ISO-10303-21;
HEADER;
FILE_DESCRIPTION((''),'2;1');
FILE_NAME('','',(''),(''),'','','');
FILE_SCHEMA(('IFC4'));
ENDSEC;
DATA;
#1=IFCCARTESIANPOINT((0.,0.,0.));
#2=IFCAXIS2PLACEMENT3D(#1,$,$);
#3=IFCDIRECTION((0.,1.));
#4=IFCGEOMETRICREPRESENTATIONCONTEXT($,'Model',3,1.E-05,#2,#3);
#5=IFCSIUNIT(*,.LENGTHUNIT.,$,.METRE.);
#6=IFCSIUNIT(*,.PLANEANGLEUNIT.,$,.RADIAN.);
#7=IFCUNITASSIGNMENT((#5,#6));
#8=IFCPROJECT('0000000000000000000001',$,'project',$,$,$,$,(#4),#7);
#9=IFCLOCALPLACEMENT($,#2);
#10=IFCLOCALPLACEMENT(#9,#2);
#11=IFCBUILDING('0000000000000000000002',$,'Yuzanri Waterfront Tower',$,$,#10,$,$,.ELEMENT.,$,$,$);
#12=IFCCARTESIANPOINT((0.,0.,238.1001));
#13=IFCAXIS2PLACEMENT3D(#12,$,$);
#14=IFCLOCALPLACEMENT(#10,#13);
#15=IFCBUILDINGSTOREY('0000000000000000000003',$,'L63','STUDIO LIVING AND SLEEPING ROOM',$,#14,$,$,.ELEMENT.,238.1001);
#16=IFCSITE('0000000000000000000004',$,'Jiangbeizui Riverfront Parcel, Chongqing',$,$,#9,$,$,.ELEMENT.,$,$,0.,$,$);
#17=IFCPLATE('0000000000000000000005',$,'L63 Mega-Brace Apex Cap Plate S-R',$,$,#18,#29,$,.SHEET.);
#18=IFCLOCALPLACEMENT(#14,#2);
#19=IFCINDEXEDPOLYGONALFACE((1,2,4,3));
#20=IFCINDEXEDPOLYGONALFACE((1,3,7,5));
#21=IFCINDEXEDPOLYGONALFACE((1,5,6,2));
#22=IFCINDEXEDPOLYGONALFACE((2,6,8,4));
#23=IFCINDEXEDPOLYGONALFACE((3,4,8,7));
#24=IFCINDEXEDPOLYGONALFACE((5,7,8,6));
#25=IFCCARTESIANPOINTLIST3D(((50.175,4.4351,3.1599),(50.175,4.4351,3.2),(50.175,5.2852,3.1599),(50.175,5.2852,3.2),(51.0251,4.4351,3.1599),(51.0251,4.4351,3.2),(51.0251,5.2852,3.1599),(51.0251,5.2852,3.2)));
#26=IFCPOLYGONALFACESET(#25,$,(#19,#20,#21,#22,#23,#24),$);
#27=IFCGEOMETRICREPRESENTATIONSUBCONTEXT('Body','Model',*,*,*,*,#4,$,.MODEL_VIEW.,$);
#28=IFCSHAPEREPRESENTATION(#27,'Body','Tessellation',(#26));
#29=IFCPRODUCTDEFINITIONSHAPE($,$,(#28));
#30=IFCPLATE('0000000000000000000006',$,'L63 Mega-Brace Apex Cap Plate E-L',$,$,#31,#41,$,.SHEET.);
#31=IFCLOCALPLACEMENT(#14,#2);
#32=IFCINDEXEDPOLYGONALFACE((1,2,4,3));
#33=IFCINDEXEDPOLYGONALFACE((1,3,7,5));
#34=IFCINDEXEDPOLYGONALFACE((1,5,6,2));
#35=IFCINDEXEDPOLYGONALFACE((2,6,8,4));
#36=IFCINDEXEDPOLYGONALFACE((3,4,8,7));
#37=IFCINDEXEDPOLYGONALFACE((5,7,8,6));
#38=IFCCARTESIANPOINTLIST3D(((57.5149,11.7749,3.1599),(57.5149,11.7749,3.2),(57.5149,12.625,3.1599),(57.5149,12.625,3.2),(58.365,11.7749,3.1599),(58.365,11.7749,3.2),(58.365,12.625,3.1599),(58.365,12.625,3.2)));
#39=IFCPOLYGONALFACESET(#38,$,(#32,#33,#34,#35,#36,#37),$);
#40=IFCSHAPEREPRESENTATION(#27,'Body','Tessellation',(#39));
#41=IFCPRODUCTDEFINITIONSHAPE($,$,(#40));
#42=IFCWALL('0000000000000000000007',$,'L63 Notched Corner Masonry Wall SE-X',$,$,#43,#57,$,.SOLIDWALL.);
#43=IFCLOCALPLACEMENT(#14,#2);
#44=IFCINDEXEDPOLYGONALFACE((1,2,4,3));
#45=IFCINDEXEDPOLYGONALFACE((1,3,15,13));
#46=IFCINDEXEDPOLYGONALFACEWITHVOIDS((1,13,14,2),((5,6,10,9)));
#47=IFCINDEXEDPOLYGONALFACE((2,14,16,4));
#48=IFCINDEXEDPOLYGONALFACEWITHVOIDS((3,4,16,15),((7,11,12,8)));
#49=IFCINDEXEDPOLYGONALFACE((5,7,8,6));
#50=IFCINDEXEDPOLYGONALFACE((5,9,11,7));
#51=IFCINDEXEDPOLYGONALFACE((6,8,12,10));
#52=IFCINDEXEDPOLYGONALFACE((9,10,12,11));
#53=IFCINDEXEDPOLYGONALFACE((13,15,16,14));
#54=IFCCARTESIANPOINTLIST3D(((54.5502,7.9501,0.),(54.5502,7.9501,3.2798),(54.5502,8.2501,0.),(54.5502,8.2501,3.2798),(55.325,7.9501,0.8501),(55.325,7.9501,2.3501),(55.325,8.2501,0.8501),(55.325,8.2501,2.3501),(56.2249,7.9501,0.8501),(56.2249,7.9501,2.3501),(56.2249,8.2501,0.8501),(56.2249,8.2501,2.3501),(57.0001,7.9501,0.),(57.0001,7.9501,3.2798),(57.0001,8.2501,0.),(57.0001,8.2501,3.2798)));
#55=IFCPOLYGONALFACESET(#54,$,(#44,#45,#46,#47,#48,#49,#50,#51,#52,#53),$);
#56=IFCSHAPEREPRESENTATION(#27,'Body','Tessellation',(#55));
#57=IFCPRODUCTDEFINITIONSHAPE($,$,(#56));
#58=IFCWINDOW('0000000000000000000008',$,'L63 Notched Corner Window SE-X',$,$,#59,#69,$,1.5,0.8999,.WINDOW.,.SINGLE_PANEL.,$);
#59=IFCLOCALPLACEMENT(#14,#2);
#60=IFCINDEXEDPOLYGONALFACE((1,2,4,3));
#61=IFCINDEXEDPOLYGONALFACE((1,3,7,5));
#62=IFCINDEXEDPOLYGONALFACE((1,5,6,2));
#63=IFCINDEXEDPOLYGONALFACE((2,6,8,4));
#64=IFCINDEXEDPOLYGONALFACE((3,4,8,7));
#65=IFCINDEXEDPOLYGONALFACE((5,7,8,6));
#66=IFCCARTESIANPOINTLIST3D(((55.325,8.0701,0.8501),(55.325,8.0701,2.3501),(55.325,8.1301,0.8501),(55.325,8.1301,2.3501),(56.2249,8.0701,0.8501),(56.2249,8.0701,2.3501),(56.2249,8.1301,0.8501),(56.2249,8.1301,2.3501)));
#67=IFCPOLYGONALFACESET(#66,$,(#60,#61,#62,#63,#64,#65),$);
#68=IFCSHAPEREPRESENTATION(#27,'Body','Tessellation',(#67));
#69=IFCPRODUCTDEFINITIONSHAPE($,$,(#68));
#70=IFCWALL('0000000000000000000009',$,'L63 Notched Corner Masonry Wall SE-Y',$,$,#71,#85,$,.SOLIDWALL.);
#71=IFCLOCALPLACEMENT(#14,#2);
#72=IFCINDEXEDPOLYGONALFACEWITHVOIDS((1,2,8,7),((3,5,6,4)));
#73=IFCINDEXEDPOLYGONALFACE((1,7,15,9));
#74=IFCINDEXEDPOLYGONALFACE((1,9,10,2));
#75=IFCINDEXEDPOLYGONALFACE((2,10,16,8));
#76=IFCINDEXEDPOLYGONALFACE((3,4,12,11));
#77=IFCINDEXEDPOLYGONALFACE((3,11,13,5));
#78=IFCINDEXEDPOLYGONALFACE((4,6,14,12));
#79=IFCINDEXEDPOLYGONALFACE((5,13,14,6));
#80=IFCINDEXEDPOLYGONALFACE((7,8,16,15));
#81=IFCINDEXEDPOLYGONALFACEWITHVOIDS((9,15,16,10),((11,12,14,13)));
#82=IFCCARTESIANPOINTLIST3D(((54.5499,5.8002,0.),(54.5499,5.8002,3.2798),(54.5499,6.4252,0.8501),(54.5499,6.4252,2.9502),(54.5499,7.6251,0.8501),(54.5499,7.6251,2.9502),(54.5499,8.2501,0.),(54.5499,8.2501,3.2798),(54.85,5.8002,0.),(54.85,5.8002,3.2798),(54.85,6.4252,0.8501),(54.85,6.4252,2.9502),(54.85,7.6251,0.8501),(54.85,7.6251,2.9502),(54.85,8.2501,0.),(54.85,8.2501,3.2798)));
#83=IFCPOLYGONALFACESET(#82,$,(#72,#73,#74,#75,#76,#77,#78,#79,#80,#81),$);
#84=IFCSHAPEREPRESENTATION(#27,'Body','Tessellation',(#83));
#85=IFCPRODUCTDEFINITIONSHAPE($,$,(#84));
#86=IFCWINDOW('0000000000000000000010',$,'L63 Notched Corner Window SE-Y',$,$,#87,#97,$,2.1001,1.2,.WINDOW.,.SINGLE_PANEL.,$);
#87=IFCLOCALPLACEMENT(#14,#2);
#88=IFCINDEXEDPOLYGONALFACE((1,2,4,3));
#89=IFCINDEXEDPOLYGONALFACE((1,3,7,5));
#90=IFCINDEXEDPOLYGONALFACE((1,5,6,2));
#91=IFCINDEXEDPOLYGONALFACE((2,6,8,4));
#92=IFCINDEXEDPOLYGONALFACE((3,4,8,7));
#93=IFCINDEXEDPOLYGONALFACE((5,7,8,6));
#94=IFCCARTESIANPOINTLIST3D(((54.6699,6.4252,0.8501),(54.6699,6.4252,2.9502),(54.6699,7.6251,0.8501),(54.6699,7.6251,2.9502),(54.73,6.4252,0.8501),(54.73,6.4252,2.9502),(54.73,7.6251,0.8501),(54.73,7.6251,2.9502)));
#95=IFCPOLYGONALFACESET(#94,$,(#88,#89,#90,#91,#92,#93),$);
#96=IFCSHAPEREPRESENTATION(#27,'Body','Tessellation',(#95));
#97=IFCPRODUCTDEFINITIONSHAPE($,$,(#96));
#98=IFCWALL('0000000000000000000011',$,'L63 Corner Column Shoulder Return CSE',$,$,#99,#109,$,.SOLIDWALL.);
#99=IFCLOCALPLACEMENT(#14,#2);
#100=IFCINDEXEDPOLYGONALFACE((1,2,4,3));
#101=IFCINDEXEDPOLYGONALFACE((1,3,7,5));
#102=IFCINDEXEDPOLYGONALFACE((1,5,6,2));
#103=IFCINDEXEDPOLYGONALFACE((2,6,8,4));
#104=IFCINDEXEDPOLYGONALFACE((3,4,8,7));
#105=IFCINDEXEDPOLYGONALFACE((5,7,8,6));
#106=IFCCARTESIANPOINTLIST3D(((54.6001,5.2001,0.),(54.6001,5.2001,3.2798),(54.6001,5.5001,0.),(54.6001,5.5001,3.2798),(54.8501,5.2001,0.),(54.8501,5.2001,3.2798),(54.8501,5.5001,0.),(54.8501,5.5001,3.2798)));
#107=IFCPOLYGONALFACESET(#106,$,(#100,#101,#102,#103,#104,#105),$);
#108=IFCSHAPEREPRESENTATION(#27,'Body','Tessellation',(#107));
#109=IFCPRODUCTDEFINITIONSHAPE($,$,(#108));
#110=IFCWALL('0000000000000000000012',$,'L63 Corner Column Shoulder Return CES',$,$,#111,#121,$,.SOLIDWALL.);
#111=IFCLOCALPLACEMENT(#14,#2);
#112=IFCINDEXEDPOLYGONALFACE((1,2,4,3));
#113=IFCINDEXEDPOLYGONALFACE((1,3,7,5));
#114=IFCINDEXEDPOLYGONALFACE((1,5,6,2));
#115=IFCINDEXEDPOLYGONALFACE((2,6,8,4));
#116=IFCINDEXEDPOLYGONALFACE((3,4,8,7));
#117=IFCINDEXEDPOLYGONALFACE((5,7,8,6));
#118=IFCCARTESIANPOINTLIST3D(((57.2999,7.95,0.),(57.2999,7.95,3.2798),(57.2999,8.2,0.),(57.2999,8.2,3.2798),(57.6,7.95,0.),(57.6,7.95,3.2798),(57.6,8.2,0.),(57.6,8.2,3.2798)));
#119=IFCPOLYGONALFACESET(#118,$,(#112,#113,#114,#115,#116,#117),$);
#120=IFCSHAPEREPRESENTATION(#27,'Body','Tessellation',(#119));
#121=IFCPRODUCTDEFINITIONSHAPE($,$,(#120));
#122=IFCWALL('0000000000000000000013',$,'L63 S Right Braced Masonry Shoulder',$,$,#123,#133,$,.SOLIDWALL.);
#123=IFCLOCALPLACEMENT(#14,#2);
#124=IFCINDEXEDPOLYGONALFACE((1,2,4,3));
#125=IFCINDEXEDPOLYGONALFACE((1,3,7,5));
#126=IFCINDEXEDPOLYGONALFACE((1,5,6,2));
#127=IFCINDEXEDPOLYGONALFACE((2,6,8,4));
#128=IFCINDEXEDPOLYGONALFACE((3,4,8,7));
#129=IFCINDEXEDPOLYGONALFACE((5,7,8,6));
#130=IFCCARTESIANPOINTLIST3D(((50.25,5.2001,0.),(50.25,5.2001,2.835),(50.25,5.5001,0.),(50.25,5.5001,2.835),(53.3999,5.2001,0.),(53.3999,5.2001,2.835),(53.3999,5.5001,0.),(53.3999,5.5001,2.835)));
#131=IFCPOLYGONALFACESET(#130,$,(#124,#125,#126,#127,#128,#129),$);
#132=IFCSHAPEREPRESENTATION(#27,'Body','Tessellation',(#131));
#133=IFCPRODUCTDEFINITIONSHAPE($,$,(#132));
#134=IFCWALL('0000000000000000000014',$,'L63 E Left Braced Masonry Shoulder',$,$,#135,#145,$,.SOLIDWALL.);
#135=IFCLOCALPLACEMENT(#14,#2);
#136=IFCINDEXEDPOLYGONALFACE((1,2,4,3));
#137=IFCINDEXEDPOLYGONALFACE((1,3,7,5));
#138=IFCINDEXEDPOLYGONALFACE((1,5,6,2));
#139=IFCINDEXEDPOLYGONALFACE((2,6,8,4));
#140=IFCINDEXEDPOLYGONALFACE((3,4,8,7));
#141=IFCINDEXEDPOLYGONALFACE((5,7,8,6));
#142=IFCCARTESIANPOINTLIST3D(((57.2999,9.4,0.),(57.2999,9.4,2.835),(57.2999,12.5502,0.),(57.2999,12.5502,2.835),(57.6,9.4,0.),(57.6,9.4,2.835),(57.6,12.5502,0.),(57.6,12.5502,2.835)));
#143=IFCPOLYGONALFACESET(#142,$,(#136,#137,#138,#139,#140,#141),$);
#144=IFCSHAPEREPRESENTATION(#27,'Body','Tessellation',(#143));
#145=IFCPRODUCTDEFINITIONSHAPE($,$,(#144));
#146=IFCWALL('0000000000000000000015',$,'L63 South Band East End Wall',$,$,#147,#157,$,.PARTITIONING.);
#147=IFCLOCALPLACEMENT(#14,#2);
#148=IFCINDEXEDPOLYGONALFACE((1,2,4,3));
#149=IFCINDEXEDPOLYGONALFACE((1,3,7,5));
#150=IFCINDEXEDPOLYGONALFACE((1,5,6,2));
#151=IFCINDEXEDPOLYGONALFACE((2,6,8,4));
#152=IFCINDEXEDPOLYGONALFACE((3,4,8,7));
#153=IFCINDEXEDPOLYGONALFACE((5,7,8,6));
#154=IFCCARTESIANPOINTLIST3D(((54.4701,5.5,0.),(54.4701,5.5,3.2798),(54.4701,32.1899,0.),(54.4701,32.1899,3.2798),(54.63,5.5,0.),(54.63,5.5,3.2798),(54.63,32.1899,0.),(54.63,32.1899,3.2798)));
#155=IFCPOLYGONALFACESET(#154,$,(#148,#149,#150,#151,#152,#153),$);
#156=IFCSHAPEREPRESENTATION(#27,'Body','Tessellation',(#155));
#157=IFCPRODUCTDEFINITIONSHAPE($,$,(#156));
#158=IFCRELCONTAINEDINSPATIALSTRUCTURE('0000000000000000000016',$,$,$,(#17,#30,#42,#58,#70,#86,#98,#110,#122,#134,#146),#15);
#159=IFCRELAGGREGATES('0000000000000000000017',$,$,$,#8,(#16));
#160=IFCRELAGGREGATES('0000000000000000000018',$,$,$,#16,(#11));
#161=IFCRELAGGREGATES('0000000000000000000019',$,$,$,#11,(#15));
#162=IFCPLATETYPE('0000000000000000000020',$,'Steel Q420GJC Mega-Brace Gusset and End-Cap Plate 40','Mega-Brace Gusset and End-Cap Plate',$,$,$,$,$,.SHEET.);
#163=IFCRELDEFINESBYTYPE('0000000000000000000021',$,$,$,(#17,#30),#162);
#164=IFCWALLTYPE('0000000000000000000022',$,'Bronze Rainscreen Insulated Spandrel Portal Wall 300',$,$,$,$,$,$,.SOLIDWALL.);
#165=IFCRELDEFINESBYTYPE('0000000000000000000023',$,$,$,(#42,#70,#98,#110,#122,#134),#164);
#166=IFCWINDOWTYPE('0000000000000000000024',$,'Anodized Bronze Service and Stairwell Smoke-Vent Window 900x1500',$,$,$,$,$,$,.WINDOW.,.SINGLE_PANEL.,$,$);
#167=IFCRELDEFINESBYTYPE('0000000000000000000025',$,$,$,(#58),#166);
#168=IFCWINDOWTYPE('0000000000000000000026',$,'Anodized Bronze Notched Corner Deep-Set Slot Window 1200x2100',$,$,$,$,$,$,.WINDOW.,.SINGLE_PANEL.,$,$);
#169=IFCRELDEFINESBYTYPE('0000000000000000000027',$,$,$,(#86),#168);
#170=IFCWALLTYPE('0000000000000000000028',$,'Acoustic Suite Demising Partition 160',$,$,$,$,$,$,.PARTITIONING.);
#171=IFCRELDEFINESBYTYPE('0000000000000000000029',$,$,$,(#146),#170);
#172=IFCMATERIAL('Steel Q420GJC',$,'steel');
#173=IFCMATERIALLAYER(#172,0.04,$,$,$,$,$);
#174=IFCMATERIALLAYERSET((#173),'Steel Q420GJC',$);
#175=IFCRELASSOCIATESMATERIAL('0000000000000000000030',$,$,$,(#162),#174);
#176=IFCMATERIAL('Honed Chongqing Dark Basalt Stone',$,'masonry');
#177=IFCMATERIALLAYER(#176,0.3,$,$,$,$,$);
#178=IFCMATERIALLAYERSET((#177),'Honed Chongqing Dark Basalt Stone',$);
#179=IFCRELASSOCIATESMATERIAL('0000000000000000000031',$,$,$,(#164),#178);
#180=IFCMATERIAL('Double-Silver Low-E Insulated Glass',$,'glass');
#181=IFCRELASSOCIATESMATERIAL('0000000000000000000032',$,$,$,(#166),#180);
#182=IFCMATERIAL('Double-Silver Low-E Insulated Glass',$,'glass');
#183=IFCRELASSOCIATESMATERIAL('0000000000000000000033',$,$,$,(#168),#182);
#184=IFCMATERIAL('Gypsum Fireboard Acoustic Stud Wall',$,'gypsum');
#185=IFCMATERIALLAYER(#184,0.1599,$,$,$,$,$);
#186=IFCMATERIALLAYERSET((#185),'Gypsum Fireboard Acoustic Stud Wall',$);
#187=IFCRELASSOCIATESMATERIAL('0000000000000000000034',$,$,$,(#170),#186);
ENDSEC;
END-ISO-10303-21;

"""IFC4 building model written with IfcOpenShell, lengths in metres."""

from ifc_helpers import new_model, si_unit, direction, frame, frame_2d, origin, origin_2d, place, context, subcontext, project, spatial, rectangle, extrude, source, transform, mapped, material, layer, layer_set, type_object, element, fill, save


model = new_model("IFC4")

# Units and contexts
model_context = context("Model", 3, precision=1e-05, world=origin(), true_north=direction((0.0, 1.0)))
body_context = subcontext(model_context, "Body", "Model", "MODEL_VIEW")
ifc_project = project(units=[si_unit("LENGTHUNIT", "METRE"), si_unit("PLANEANGLEUNIT", "RADIAN")], contexts=[model_context])

# Site, building, storey
site_placement = place(None, origin())
site = spatial("IfcSite", under=ifc_project, at=site_placement, Name="Jiangbeizui Riverfront Parcel, Chongqing", CompositionType="ELEMENT", RefElevation=0.0)
building_placement = place(site_placement, origin())
building = spatial("IfcBuilding", under=site, at=building_placement, Name="Yuzanri Waterfront Tower", CompositionType="ELEMENT")
storey_placement = place(building_placement, frame((0.0, 0.0, 238.1001)))
storey = spatial("IfcBuildingStorey", under=building, at=storey_placement, Name="L63", Description="STUDIO LIVING AND SLEEPING ROOM", CompositionType="ELEMENT", Elevation=238.1001)

# Plates
ifc_material_1 = material(Name="Steel Q420GJC", Category="steel")
ifc_layer_1 = layer(ifc_material_1, 0.04)
ifc_layer_set_1 = layer_set([ifc_layer_1], Name="Steel Q420GJC")
plate_type = type_object("IfcPlateType", Name="Steel Q420GJC Mega-Brace Gusset and End-Cap Plate 40", Description="Mega-Brace Gusset and End-Cap Plate", PredefinedType="SHEET", material=ifc_layer_set_1)
shared_shape_1 = source(origin(), body_context, "Body", "SweptSolid", [
    extrude(rectangle(XDim=0.8501, YDim=0.8501, at=origin_2d()), origin(), (0.0, 0.0, 1.0), 0.04),
])
for number, where, z_axis, x_axis, name in (
    (1, (50.6001, 4.8601, 3.1599), (0.0, 0.0, 1.0), (1.0, 0.0, 0.0), "L63 Mega-Brace Apex Cap Plate S-R"),
    (2, (57.9399, 12.2, 3.1599), (0.0, 0.0, 1.0), (1.0, 0.0, 0.0), "L63 Mega-Brace Apex Cap Plate E-L"),
):
    element("IfcPlate", number, at=place(storey_placement, frame(where, z_axis=z_axis, x_axis=x_axis)), inside=storey, type_object=plate_type, Name=name, PredefinedType="SHEET", context=body_context, shape_type="MappedRepresentation", body=[
        mapped(shared_shape_1, transform((0.0, 0.0, 0.0), scale=1.0)),
    ])

# Walls, openings, windows
ifc_material_2 = material(Name="Honed Chongqing Dark Basalt Stone", Category="masonry")
ifc_layer_2 = layer(ifc_material_2, 0.3)
ifc_layer_set_2 = layer_set([ifc_layer_2], Name="Honed Chongqing Dark Basalt Stone")
wall_type_1 = type_object("IfcWallType", Name="Bronze Rainscreen Insulated Spandrel Portal Wall 300", PredefinedType="SOLIDWALL", material=ifc_layer_set_2)
wall_1_placement = place(storey_placement, frame((54.55, 8.1001, 0.0), z_axis=(0.0, 0.0, 1.0), x_axis=(1.0, 0.0, 0.0)))
wall_1 = element("IfcWall", 3, at=wall_1_placement, inside=storey, type_object=wall_type_1, Name="L63 Notched Corner Masonry Wall SE-X", PredefinedType="SOLIDWALL", context=body_context, shape_type="SweptSolid", body=[
    extrude(rectangle(XDim=2.45, YDim=0.3, at=frame_2d((1.2251, 0.0))), origin(), (0.0, 0.0, 1.0), 3.2798),
])
opening_1_placement = place(wall_1_placement, frame((0.7749, 0.0, 0.8501)))
opening_1 = element("IfcOpeningElement", 4, at=opening_1_placement, cuts=wall_1, PredefinedType="OPENING", context=body_context, shape_type="SweptSolid", body=[
    extrude(rectangle(XDim=0.8999, YDim=1.5, at=frame_2d((0.45, 0.75))), frame((0.0, 0.165, 0.0), z_axis=(0.0, -1.0, 0.0), x_axis=(1.0, 0.0, 0.0)), (0.0, 0.0, 1.0), 0.3298),
])
ifc_material_3 = material(Name="Double-Silver Low-E Insulated Glass", Category="glass")
window_type_1 = type_object("IfcWindowType", Name="Anodized Bronze Service and Stairwell Smoke-Vent Window 900x1500", PartitioningType="SINGLE_PANEL", PredefinedType="WINDOW", material=ifc_material_3)
shared_shape_2 = source(origin(), body_context, "Body", "SweptSolid", [
    extrude(rectangle(XDim=0.8999, YDim=1.5, at=frame_2d((0.45, 0.75))), frame((0.0, 0.03, 0.0), z_axis=(0.0, -1.0, 0.0), x_axis=(1.0, 0.0, 0.0)), (0.0, 0.0, 1.0), 0.0601),
])
window_1_placement = place(opening_1_placement, origin())
window_1 = element("IfcWindow", 5, at=window_1_placement, inside=storey, type_object=window_type_1, Name="L63 Notched Corner Window SE-X", OverallHeight=1.5, OverallWidth=0.8999, PartitioningType="SINGLE_PANEL", PredefinedType="WINDOW", context=body_context, shape_type="MappedRepresentation", body=[
    mapped(shared_shape_2, transform((0.0, 0.0, 0.0), scale=1.0)),
])
fill(opening_1, window_1)
wall_2_placement = place(storey_placement, frame((54.7, 5.8, 0.0), z_axis=(0.0, 0.0, 1.0), x_axis=(0.0, 1.0, 0.0)))
wall_2 = element("IfcWall", 6, at=wall_2_placement, inside=storey, type_object=wall_type_1, Name="L63 Notched Corner Masonry Wall SE-Y", PredefinedType="SOLIDWALL", context=body_context, shape_type="SweptSolid", body=[
    extrude(rectangle(XDim=2.45, YDim=0.3, at=frame_2d((1.2251, 0.0))), origin(), (0.0, 0.0, 1.0), 3.2798),
])
opening_2_placement = place(wall_2_placement, frame((0.625, 0.0, 0.8501)))
opening_2 = element("IfcOpeningElement", 7, at=opening_2_placement, cuts=wall_2, PredefinedType="OPENING", context=body_context, shape_type="SweptSolid", body=[
    extrude(rectangle(XDim=1.2, YDim=2.1001, at=frame_2d((0.6001, 1.05))), frame((0.0, 0.165, 0.0), z_axis=(0.0, -1.0, 0.0), x_axis=(1.0, 0.0, 0.0)), (0.0, 0.0, 1.0), 0.3298),
])
ifc_material_4 = material(Name="Double-Silver Low-E Insulated Glass", Category="glass")
window_type_2 = type_object("IfcWindowType", Name="Anodized Bronze Notched Corner Deep-Set Slot Window 1200x2100", PartitioningType="SINGLE_PANEL", PredefinedType="WINDOW", material=ifc_material_4)
shared_shape_3 = source(origin(), body_context, "Body", "SweptSolid", [
    extrude(rectangle(XDim=1.2, YDim=2.1001, at=frame_2d((0.6001, 1.05))), frame((0.0, 0.03, 0.0), z_axis=(0.0, -1.0, 0.0), x_axis=(1.0, 0.0, 0.0)), (0.0, 0.0, 1.0), 0.0601),
])
window_2_placement = place(opening_2_placement, origin())
window_2 = element("IfcWindow", 8, at=window_2_placement, inside=storey, type_object=window_type_2, Name="L63 Notched Corner Window SE-Y", OverallHeight=2.1001, OverallWidth=1.2, PartitioningType="SINGLE_PANEL", PredefinedType="WINDOW", context=body_context, shape_type="MappedRepresentation", body=[
    mapped(shared_shape_3, transform((0.0, 0.0, 0.0), scale=1.0)),
])
fill(opening_2, window_2)

# Walls
shared_shape_4 = source(origin(), body_context, "Body", "SweptSolid", [
    extrude(rectangle(XDim=0.25, YDim=0.3, at=frame_2d((0.125, 0.0))), origin(), (0.0, 0.0, 1.0), 3.2798),
])
for number, where, z_axis, x_axis, name in (
    (9, (54.6001, 5.3501, 0.0), (0.0, 0.0, 1.0), (1.0, 0.0, 0.0), "L63 Corner Column Shoulder Return CSE"),
    (10, (57.45, 7.95, 0.0), (0.0, 0.0, 1.0), (0.0, 1.0, 0.0), "L63 Corner Column Shoulder Return CES"),
):
    element("IfcWall", number, at=place(storey_placement, frame(where, z_axis=z_axis, x_axis=x_axis)), inside=storey, type_object=wall_type_1, Name=name, PredefinedType="SOLIDWALL", context=body_context, shape_type="MappedRepresentation", body=[
        mapped(shared_shape_4, transform((0.0, 0.0, 0.0), scale=1.0)),
    ])
shared_shape_5 = source(origin(), body_context, "Body", "SweptSolid", [
    extrude(rectangle(XDim=3.1499, YDim=0.3, at=frame_2d((1.575, 0.0))), origin(), (0.0, 0.0, 1.0), 2.835),
])
wall_3_placement = place(storey_placement, frame((50.25, 5.3501, 0.0), z_axis=(0.0, 0.0, 1.0), x_axis=(1.0, 0.0, 0.0)))
element("IfcWall", 11, at=wall_3_placement, inside=storey, type_object=wall_type_1, Name="L63 S Right Braced Masonry Shoulder", PredefinedType="SOLIDWALL", context=body_context, shape_type="MappedRepresentation", body=[
    mapped(shared_shape_5, transform((0.0, 0.0, 0.0), scale=1.0)),
])
shared_shape_6 = source(origin(), body_context, "Body", "SweptSolid", [
    extrude(rectangle(XDim=3.1501, YDim=0.3, at=frame_2d((1.5752, 0.0))), origin(), (0.0, 0.0, 1.0), 2.835),
])
wall_4_placement = place(storey_placement, frame((57.45, 9.3999, 0.0), z_axis=(0.0, 0.0, 1.0), x_axis=(0.0, 1.0, 0.0)))
element("IfcWall", 12, at=wall_4_placement, inside=storey, type_object=wall_type_1, Name="L63 E Left Braced Masonry Shoulder", PredefinedType="SOLIDWALL", context=body_context, shape_type="MappedRepresentation", body=[
    mapped(shared_shape_6, transform((0.0, 0.0, 0.0), scale=1.0)),
])
ifc_material_5 = material(Name="Gypsum Fireboard Acoustic Stud Wall", Category="gypsum")
ifc_layer_3 = layer(ifc_material_5, 0.1599)
ifc_layer_set_3 = layer_set([ifc_layer_3], Name="Gypsum Fireboard Acoustic Stud Wall")
wall_type_2 = type_object("IfcWallType", Name="Acoustic Suite Demising Partition 160", PredefinedType="PARTITIONING", material=ifc_layer_set_3)
shared_shape_7 = source(origin(), body_context, "Body", "SweptSolid", [
    extrude(rectangle(XDim=26.6899, YDim=0.1599, at=frame_2d((13.345, 0.0))), origin(), (0.0, 0.0, 1.0), 3.2798),
])
wall_5_placement = place(storey_placement, frame((54.55, 5.5, 0.0), z_axis=(0.0, 0.0, 1.0), x_axis=(0.0, 1.0, 0.0)))
element("IfcWall", 13, at=wall_5_placement, inside=storey, type_object=wall_type_2, Name="L63 South Band East End Wall", PredefinedType="PARTITIONING", context=body_context, shape_type="MappedRepresentation", body=[
    mapped(shared_shape_7, transform((0.0, 0.0, 0.0), scale=1.0)),
])

save(model, "model.ifc")
